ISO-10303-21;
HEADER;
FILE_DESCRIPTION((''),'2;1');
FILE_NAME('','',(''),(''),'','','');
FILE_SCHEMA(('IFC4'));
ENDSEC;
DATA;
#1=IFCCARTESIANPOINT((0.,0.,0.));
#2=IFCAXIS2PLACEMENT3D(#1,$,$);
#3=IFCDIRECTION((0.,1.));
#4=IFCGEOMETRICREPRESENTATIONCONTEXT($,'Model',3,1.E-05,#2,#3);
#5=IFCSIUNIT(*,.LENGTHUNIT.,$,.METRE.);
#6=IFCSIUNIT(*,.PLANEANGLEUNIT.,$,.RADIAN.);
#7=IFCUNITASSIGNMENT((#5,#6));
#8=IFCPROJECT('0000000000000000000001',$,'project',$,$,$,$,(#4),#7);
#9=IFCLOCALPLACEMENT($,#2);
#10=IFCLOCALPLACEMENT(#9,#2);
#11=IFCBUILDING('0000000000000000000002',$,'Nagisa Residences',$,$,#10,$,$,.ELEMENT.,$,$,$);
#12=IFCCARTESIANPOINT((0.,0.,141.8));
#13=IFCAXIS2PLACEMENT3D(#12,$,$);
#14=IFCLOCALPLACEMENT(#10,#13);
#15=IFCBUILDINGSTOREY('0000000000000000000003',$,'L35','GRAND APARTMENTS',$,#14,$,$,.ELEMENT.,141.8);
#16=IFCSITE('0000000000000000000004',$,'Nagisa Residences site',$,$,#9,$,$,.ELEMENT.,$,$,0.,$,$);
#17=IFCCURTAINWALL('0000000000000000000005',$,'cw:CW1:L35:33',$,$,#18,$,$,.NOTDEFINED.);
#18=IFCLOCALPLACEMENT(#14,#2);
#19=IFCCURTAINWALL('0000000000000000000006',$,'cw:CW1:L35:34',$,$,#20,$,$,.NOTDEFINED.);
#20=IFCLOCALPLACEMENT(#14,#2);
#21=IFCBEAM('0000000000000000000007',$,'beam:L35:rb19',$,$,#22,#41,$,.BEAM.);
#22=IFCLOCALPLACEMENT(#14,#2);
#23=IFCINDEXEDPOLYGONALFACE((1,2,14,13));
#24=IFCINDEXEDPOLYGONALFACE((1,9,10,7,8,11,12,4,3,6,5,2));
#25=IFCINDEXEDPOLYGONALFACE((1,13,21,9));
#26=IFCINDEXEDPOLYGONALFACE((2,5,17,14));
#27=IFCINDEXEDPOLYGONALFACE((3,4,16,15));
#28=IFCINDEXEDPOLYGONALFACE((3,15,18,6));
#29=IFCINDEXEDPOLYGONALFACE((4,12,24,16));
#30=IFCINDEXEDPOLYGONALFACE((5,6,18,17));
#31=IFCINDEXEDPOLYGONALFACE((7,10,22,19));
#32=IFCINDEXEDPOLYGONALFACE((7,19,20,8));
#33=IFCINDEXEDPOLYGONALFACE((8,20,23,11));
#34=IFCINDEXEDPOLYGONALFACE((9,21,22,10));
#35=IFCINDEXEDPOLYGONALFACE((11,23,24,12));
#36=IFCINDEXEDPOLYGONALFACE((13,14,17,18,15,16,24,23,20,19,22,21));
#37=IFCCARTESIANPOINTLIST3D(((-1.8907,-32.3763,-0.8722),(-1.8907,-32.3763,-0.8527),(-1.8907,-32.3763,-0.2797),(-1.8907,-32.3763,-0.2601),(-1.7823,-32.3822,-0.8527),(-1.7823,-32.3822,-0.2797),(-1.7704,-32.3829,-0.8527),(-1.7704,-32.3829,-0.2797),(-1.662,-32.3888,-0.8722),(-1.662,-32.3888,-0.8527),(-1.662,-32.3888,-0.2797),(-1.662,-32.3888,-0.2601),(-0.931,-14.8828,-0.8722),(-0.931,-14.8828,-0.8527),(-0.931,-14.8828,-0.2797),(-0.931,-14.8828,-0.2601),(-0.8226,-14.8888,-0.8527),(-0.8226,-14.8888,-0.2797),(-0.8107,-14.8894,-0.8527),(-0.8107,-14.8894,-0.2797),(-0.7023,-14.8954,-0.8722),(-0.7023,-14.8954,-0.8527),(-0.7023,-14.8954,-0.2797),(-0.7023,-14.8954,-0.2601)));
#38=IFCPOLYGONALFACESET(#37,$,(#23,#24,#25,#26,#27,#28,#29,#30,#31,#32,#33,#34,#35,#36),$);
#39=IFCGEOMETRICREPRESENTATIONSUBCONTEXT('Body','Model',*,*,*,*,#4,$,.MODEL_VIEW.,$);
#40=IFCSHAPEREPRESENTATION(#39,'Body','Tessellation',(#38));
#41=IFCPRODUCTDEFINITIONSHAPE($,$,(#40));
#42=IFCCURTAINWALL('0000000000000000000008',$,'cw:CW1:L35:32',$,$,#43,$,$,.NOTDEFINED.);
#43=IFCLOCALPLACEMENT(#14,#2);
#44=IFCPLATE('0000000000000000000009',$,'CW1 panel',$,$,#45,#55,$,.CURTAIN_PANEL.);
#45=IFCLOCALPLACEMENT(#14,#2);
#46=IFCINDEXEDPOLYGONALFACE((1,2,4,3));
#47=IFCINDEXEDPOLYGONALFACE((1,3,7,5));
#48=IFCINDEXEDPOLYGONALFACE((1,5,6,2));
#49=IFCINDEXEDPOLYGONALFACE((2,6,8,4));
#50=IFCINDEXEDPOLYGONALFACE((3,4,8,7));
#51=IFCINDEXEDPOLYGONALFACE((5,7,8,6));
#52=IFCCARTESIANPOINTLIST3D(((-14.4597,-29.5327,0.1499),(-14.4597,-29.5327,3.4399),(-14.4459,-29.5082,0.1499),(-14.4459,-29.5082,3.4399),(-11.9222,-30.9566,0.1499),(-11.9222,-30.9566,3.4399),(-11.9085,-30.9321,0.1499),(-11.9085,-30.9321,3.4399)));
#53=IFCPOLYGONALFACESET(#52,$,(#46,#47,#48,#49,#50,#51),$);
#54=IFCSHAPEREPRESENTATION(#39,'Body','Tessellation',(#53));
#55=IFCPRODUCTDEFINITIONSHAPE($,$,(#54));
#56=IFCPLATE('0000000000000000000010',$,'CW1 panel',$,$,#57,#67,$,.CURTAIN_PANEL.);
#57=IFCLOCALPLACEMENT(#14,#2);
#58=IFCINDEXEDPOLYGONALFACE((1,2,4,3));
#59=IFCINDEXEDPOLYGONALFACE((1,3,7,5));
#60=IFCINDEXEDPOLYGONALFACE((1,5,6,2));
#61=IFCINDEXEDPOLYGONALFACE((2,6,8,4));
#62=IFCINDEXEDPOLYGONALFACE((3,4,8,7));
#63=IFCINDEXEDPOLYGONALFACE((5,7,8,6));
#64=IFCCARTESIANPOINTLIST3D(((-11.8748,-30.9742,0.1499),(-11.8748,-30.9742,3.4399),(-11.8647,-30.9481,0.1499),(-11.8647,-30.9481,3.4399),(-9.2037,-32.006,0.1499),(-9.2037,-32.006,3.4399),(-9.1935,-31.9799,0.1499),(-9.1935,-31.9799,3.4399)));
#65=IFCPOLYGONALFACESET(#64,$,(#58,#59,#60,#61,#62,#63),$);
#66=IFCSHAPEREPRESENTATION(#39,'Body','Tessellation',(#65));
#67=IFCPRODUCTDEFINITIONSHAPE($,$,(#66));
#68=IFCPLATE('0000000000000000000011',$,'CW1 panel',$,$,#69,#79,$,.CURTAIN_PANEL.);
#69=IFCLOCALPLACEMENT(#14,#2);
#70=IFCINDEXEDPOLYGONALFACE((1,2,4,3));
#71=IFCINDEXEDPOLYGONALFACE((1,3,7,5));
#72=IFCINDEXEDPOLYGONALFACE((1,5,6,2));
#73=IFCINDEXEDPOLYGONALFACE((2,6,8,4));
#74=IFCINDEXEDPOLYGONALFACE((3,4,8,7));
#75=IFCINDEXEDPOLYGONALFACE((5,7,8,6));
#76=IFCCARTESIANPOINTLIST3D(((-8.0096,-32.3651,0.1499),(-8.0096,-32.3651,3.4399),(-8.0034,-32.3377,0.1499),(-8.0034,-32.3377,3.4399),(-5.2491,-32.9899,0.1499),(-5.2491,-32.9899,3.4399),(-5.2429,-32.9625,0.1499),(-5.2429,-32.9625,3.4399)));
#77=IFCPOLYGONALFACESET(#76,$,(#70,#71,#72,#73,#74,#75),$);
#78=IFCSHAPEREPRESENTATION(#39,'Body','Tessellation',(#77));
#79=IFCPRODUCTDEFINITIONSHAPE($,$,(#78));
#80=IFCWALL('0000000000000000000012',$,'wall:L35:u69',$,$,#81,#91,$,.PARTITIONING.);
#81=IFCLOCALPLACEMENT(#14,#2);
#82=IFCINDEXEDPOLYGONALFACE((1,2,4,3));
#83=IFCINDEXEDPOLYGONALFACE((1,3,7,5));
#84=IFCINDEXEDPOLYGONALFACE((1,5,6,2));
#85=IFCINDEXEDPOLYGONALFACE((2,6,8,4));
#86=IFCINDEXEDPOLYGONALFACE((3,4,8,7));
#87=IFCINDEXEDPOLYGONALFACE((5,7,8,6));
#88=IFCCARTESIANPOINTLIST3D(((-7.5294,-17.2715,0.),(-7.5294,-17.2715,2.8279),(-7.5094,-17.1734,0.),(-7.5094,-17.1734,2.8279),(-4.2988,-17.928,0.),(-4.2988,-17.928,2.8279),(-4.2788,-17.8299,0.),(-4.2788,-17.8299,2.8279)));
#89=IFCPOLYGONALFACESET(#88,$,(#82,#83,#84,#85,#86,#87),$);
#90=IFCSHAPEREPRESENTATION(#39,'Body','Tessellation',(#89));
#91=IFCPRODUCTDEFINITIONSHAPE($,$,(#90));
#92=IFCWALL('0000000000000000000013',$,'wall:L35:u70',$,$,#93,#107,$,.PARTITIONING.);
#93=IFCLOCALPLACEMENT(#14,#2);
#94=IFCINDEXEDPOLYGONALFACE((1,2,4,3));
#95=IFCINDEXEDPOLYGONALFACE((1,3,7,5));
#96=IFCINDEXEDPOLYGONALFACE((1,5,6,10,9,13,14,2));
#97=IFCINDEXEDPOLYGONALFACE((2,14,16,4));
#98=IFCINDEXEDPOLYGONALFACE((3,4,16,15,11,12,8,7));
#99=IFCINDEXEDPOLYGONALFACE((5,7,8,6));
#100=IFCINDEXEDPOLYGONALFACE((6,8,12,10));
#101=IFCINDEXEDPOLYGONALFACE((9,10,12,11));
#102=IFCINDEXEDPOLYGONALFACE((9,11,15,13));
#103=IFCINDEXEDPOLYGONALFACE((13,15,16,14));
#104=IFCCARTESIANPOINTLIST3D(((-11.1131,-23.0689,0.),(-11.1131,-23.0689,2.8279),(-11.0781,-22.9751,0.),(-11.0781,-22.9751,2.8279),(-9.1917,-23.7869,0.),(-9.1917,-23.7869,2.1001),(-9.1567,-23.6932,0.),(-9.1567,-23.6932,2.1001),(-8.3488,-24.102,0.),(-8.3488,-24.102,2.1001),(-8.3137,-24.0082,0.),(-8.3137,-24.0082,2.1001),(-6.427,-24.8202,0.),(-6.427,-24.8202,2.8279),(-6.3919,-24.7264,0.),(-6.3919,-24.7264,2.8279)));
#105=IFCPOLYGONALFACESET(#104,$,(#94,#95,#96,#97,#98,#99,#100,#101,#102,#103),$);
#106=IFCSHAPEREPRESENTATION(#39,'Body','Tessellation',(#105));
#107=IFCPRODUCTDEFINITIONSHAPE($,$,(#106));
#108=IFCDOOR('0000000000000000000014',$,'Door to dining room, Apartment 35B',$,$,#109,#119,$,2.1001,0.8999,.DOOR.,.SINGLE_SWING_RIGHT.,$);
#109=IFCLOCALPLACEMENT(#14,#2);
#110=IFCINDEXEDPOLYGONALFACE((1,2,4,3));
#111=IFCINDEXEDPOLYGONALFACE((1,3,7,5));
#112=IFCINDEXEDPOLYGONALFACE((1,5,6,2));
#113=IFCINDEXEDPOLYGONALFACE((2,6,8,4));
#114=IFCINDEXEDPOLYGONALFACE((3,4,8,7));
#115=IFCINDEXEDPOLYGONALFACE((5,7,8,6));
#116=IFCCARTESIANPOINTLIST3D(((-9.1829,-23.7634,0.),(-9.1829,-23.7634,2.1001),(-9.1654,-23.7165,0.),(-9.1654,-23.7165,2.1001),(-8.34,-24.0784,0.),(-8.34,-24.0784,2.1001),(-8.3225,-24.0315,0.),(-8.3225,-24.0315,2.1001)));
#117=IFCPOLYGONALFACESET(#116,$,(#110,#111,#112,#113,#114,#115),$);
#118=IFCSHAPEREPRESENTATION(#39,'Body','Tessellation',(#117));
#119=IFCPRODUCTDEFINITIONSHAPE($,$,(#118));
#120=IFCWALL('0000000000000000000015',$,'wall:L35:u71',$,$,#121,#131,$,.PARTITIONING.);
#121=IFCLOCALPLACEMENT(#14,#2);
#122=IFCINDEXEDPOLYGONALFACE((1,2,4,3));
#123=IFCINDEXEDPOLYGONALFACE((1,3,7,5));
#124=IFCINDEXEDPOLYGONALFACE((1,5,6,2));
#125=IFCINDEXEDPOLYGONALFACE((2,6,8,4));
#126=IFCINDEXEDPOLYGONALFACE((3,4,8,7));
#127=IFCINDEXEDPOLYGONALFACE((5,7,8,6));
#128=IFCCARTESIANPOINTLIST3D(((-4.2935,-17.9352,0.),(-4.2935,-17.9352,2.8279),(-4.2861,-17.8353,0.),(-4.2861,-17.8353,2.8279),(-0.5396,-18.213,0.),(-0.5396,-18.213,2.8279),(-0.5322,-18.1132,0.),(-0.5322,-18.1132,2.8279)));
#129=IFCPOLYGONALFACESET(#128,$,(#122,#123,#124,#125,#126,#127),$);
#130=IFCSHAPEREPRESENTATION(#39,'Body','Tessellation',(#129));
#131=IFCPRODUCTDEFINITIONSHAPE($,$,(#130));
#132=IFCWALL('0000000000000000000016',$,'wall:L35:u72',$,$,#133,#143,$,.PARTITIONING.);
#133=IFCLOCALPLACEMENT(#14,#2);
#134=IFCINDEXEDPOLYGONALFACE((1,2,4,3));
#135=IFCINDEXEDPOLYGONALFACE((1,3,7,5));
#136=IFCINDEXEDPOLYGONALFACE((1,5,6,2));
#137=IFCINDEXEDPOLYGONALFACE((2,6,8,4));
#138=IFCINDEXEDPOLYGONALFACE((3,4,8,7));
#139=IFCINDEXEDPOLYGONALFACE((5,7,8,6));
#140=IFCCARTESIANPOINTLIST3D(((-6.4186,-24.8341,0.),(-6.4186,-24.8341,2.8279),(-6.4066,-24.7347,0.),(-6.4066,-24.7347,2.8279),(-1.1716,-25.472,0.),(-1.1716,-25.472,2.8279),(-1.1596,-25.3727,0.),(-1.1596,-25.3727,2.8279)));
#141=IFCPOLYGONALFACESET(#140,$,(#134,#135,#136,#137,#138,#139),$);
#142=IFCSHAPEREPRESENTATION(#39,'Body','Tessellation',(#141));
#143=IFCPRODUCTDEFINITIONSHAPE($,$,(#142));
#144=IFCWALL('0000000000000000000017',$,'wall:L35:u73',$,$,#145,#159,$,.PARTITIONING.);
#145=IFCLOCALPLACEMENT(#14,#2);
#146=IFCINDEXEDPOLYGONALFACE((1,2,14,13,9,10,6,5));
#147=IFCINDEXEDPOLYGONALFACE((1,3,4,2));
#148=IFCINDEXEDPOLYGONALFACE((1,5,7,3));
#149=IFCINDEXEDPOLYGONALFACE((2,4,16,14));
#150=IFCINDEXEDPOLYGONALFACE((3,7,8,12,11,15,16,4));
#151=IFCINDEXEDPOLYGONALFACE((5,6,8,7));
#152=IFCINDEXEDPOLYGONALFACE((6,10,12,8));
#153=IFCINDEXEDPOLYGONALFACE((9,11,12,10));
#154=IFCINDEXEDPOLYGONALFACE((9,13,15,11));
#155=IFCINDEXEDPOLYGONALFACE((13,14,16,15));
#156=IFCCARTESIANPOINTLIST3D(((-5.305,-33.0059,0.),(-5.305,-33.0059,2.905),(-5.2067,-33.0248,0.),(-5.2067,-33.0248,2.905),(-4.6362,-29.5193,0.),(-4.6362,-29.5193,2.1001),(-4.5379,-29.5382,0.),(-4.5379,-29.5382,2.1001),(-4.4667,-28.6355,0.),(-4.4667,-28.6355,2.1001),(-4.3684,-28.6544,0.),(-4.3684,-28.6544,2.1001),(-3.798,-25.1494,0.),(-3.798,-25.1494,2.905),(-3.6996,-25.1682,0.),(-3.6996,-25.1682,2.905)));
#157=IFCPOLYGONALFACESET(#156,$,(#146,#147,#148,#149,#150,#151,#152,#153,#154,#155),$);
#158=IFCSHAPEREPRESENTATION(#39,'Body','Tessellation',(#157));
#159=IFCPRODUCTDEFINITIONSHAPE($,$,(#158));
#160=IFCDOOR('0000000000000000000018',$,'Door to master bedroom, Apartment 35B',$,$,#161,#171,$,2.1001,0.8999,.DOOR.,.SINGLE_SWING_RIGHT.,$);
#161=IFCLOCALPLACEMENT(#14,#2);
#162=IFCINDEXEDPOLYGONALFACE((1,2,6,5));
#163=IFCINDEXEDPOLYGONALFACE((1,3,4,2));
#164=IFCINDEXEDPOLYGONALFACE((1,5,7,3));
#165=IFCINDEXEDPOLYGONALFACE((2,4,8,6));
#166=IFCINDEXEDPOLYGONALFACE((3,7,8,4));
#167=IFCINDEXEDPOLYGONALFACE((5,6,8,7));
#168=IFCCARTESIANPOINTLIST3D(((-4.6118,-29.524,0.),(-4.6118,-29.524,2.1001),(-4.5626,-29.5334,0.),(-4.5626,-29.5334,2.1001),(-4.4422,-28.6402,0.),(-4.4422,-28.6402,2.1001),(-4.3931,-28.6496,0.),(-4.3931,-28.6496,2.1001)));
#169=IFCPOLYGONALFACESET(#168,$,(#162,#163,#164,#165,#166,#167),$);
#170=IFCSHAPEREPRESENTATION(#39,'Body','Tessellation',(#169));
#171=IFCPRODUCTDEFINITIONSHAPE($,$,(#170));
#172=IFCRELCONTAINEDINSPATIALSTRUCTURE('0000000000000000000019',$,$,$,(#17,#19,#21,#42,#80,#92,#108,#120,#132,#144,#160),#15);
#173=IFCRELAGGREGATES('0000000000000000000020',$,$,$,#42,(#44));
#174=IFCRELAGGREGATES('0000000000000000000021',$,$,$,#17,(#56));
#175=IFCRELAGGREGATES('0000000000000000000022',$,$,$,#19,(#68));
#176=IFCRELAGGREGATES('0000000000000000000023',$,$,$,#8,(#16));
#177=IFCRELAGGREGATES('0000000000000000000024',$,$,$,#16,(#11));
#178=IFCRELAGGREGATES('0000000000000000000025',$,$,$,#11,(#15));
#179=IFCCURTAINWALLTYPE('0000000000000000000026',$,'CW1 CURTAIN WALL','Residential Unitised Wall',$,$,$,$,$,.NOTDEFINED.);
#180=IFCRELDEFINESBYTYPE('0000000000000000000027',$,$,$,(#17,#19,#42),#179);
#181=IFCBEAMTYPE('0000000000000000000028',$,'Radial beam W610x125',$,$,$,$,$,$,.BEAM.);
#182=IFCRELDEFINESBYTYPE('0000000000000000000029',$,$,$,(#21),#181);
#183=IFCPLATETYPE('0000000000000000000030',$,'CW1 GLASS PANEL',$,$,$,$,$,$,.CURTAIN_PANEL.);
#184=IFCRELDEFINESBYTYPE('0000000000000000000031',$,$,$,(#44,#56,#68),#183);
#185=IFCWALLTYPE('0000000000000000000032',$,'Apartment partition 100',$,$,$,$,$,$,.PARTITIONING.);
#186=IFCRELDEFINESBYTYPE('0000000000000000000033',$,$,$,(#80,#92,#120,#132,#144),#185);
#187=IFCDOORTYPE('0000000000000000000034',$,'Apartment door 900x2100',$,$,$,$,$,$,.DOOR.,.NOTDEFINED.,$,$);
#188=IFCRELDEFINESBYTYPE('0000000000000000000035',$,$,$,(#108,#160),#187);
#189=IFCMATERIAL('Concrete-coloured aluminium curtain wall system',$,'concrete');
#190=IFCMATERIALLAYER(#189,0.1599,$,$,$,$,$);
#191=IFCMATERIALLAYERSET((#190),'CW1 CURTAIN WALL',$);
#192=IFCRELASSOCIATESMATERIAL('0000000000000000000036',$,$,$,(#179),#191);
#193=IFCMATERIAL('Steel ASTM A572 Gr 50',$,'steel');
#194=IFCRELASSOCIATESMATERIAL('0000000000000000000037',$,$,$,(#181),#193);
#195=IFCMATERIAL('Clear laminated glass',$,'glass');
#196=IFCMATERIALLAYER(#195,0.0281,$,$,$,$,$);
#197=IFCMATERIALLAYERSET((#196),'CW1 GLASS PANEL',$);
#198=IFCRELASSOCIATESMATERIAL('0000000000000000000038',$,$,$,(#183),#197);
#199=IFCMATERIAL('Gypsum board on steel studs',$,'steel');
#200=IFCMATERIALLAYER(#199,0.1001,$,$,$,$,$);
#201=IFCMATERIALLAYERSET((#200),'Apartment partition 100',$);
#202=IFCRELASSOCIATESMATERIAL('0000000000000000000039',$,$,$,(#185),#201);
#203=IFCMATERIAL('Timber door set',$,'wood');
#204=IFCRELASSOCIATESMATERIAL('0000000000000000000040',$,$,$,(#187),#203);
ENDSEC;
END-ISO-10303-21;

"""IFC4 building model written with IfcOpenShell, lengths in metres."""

from ifc_helpers import new_model, si_unit, direction, frame, frame_2d, origin, origin_2d, place, context, subcontext, project, spatial, rectangle, i_section, extrude, material, layer, layer_set, material_profile, profile_set, type_object, element, fill, aggregate, save


model = new_model("IFC4")

# Units and contexts
model_context = context("Model", 3, precision=1e-05, world=origin(), true_north=direction((0.0, 1.0)))
body_context = subcontext(model_context, "Body", "Model", "MODEL_VIEW")
ifc_project = project(units=[si_unit("LENGTHUNIT", "METRE"), si_unit("PLANEANGLEUNIT", "RADIAN")], contexts=[model_context])

# Site, building, storey
site_placement = place(None, origin())
site = spatial("IfcSite", under=ifc_project, at=site_placement, Name="Nagisa Residences site", CompositionType="ELEMENT", RefElevation=0.0)
building_placement = place(site_placement, origin())
building = spatial("IfcBuilding", under=site, at=building_placement, Name="Nagisa Residences", CompositionType="ELEMENT")
storey_placement = place(building_placement, frame((0.0, 0.0, 141.8)))
storey = spatial("IfcBuildingStorey", under=building, at=storey_placement, Name="L35", Description="GRAND APARTMENTS", CompositionType="ELEMENT", Elevation=141.8)

# Curtain walls
ifc_material_1 = material(Name="Concrete-coloured aluminium curtain wall system", Category="concrete")
ifc_layer_1 = layer(ifc_material_1, 0.1599)
ifc_layer_set_1 = layer_set([ifc_layer_1], Name="CW1 CURTAIN WALL")
curtain_wall_type = type_object("IfcCurtainWallType", Name="CW1 CURTAIN WALL", Description="Residential Unitised Wall", PredefinedType="NOTDEFINED", material=ifc_layer_set_1)
curtain_wall_1_placement = place(storey_placement, origin())
curtain_wall_1 = element("IfcCurtainWall", 1, at=curtain_wall_1_placement, inside=storey, type_object=curtain_wall_type, Name="cw:CW1:L35:33", PredefinedType="NOTDEFINED")
curtain_wall_2_placement = place(storey_placement, origin())
curtain_wall_2 = element("IfcCurtainWall", 2, at=curtain_wall_2_placement, inside=storey, type_object=curtain_wall_type, Name="cw:CW1:L35:34", PredefinedType="NOTDEFINED")

# Beam
ifc_material_2 = material(Name="Steel ASTM A572 Gr 50", Category="steel")
ifc_material_profile_1 = material_profile(ifc_material_2, i_section(OverallWidth=0.229, OverallDepth=0.6121, WebThickness=0.012, FlangeThickness=0.0195, at=origin_2d()), Name="W610x125")
ifc_profile_set_1 = profile_set([ifc_material_profile_1], Name="Steel ASTM A572 Gr 50")
beam_type_1 = type_object("IfcBeamType", Name="Radial beam W610x125", PredefinedType="BEAM", material=ifc_profile_set_1)
beam_1_placement = place(storey_placement, frame((-1.7764, -32.3826, -0.5662), z_axis=(0.054779, 0.998498, 0.0), x_axis=(-0.998498, 0.054779, 0.0)))
element("IfcBeam", 3, at=beam_1_placement, inside=storey, type_object=beam_type_1, Name="beam:L35:rb19", PredefinedType="BEAM", context=body_context, shape_type="SweptSolid", body=[
    extrude(i_section(OverallWidth=0.229, OverallDepth=0.6121, WebThickness=0.012, FlangeThickness=0.0195, at=origin_2d()), origin(), (0.0, 0.0, 1.0), 17.5198),
])

# Curtain wall, plate
curtain_wall_3_placement = place(storey_placement, origin())
curtain_wall_3 = element("IfcCurtainWall", 4, at=curtain_wall_3_placement, inside=storey, type_object=curtain_wall_type, Name="cw:CW1:L35:32", PredefinedType="NOTDEFINED")
ifc_material_3 = material(Name="Clear laminated glass", Category="glass")
ifc_layer_2 = layer(ifc_material_3, 0.0281)
ifc_layer_set_2 = layer_set([ifc_layer_2], Name="CW1 GLASS PANEL")
plate_type = type_object("IfcPlateType", Name="CW1 GLASS PANEL", PredefinedType="CURTAIN_PANEL", material=ifc_layer_set_2)
plate_1_placement = place(storey_placement, frame((-13.1841, -30.2324, 0.1499), z_axis=(0.0, 0.0, 1.0), x_axis=(0.872072, -0.489377, 0.0)))
plate_1 = element("IfcPlate", 5, at=plate_1_placement, type_object=plate_type, Name="CW1 panel", PredefinedType="CURTAIN_PANEL", context=body_context, shape_type="SweptSolid", body=[
    extrude(rectangle(XDim=2.9097, YDim=0.0281, at=origin_2d()), origin(), (0.0, 0.0, 1.0), 3.29),
])
aggregate(curtain_wall_3, [plate_1])

# Plates
plate_2_placement = place(storey_placement, frame((-10.5342, -31.4771, 0.1499), z_axis=(0.0, 0.0, 1.0), x_axis=(0.932826, -0.360328, 0.0)))
plate_2 = element("IfcPlate", 6, at=plate_2_placement, type_object=plate_type, Name="CW1 panel", PredefinedType="CURTAIN_PANEL", context=body_context, shape_type="SweptSolid", body=[
    extrude(rectangle(XDim=2.8635, YDim=0.0281, at=origin_2d()), origin(), (0.0, 0.0, 1.0), 3.29),
])
aggregate(curtain_wall_1, [plate_2])
plate_3_placement = place(storey_placement, frame((-6.6262, -32.6638, 0.1499), z_axis=(0.0, 0.0, 1.0), x_axis=(0.975327, -0.220764, 0.0)))
plate_3 = element("IfcPlate", 7, at=plate_3_placement, type_object=plate_type, Name="CW1 panel", PredefinedType="CURTAIN_PANEL", context=body_context, shape_type="SweptSolid", body=[
    extrude(rectangle(XDim=2.8303, YDim=0.0281, at=origin_2d()), origin(), (0.0, 0.0, 1.0), 3.29),
])
aggregate(curtain_wall_2, [plate_3])

# Wall
ifc_material_4 = material(Name="Gypsum board on steel studs", Category="steel")
ifc_layer_3 = layer(ifc_material_4, 0.1001)
ifc_layer_set_3 = layer_set([ifc_layer_3], Name="Apartment partition 100")
wall_type_1 = type_object("IfcWallType", Name="Apartment partition 100", PredefinedType="PARTITIONING", material=ifc_layer_set_3)
wall_1_placement = place(storey_placement, frame((-7.5195, -17.2224, 0.0), z_axis=(0.0, 0.0, 1.0), x_axis=(0.979972, -0.199134, 0.0)))
element("IfcWall", 8, at=wall_1_placement, inside=storey, type_object=wall_type_1, Name="wall:L35:u69", PredefinedType="PARTITIONING", context=body_context, shape_type="SweptSolid", body=[
    extrude(rectangle(XDim=3.2966, YDim=0.1001, at=frame_2d((1.6484, 0.0))), origin(), (0.0, 0.0, 1.0), 2.8279),
])

# Wall, opening, door
wall_2_placement = place(storey_placement, frame((-11.0957, -23.022, 0.0), z_axis=(0.0, 0.0, 1.0), x_axis=(0.936726, -0.350064, 0.0)))
wall_2 = element("IfcWall", 9, at=wall_2_placement, inside=storey, type_object=wall_type_1, Name="wall:L35:u70", PredefinedType="PARTITIONING", context=body_context, shape_type="SweptSolid", body=[
    extrude(rectangle(XDim=5.0027, YDim=0.1001, at=frame_2d((2.5015, 0.0))), origin(), (0.0, 0.0, 1.0), 2.8279),
])
opening_1_placement = place(wall_2_placement, frame((2.0513, 0.0, 0.0)))
opening_1 = element("IfcOpeningElement", 10, at=opening_1_placement, cuts=wall_2, PredefinedType="OPENING", context=body_context, shape_type="SweptSolid", body=[
    extrude(rectangle(XDim=0.8999, YDim=2.1001, at=frame_2d((0.45, 1.05))), frame((0.0, 0.0601, 0.0), z_axis=(0.0, -1.0, 0.0), x_axis=(1.0, 0.0, 0.0)), (0.0, 0.0, 1.0), 0.1201),
])
ifc_material_5 = material(Name="Timber door set", Category="wood")
door_type_1 = type_object("IfcDoorType", Name="Apartment door 900x2100", OperationType="NOTDEFINED", PredefinedType="DOOR", material=ifc_material_5)
door_1_placement = place(opening_1_placement, frame((0.8999, 0.0, 0.0), x_axis=(-1.0, 0.0, 0.0)))
door_1 = element("IfcDoor", 11, at=door_1_placement, inside=storey, type_object=door_type_1, Name="Door to dining room, Apartment 35B", OperationType="SINGLE_SWING_RIGHT", OverallHeight=2.1001, OverallWidth=0.8999, PredefinedType="DOOR", context=body_context, shape_type="SweptSolid", body=[
    extrude(rectangle(XDim=0.8999, YDim=2.1001, at=frame_2d((0.45, 1.05))), frame((0.0, 0.0249, 0.0), z_axis=(0.0, -1.0, 0.0), x_axis=(1.0, 0.0, 0.0)), (0.0, 0.0, 1.0), 0.05),
])
fill(opening_1, door_1)

# Walls
wall_3_placement = place(storey_placement, frame((-4.2898, -17.8853, 0.0), z_axis=(0.0, 0.0, 1.0), x_axis=(0.997272, -0.07381, 0.0)))
element("IfcWall", 12, at=wall_3_placement, inside=storey, type_object=wall_type_1, Name="wall:L35:u71", PredefinedType="PARTITIONING", context=body_context, shape_type="SweptSolid", body=[
    extrude(rectangle(XDim=3.7642, YDim=0.1001, at=frame_2d((1.8821, 0.0))), origin(), (0.0, 0.0, 1.0), 2.8279),
])
wall_4_placement = place(storey_placement, frame((-6.4126, -24.7844, 0.0), z_axis=(0.0, 0.0, 1.0), x_axis=(0.99269, -0.120691, 0.0)))
element("IfcWall", 13, at=wall_4_placement, inside=storey, type_object=wall_type_1, Name="wall:L35:u72", PredefinedType="PARTITIONING", context=body_context, shape_type="SweptSolid", body=[
    extrude(rectangle(XDim=5.2856, YDim=0.1001, at=frame_2d((2.6428, 0.0))), origin(), (0.0, 0.0, 1.0), 2.8279),
])

# Wall, opening, door
wall_5_placement = place(storey_placement, frame((-3.7488, -25.1587, 0.0), z_axis=(0.0, 0.0, 1.0), x_axis=(-0.188392, -0.982094, 0.0)))
wall_5 = element("IfcWall", 14, at=wall_5_placement, inside=storey, type_object=wall_type_1, Name="wall:L35:u73", PredefinedType="PARTITIONING", context=body_context, shape_type="SweptSolid", body=[
    extrude(rectangle(XDim=7.9998, YDim=0.1001, at=frame_2d((4.0, 0.0))), origin(), (0.0, 0.0, 1.0), 2.905),
])
opening_2_placement = place(wall_5_placement, frame((3.5498, 0.0, 0.0)))
opening_2 = element("IfcOpeningElement", 15, at=opening_2_placement, cuts=wall_5, PredefinedType="OPENING", context=body_context, shape_type="SweptSolid", body=[
    extrude(rectangle(XDim=0.8999, YDim=2.1001, at=frame_2d((0.45, 1.05))), frame((0.0, 0.0601, 0.0), z_axis=(0.0, -1.0, 0.0), x_axis=(1.0, 0.0, 0.0)), (0.0, 0.0, 1.0), 0.1201),
])
door_2_placement = place(opening_2_placement, origin())
door_2 = element("IfcDoor", 16, at=door_2_placement, inside=storey, type_object=door_type_1, Name="Door to master bedroom, Apartment 35B", OperationType="SINGLE_SWING_RIGHT", OverallHeight=2.1001, OverallWidth=0.8999, PredefinedType="DOOR", context=body_context, shape_type="SweptSolid", body=[
    extrude(rectangle(XDim=0.8999, YDim=2.1001, at=frame_2d((0.45, 1.05))), frame((0.0, 0.0249, 0.0), z_axis=(0.0, -1.0, 0.0), x_axis=(1.0, 0.0, 0.0)), (0.0, 0.0, 1.0), 0.05),
])
fill(opening_2, door_2)

save(model, "model.ifc")
